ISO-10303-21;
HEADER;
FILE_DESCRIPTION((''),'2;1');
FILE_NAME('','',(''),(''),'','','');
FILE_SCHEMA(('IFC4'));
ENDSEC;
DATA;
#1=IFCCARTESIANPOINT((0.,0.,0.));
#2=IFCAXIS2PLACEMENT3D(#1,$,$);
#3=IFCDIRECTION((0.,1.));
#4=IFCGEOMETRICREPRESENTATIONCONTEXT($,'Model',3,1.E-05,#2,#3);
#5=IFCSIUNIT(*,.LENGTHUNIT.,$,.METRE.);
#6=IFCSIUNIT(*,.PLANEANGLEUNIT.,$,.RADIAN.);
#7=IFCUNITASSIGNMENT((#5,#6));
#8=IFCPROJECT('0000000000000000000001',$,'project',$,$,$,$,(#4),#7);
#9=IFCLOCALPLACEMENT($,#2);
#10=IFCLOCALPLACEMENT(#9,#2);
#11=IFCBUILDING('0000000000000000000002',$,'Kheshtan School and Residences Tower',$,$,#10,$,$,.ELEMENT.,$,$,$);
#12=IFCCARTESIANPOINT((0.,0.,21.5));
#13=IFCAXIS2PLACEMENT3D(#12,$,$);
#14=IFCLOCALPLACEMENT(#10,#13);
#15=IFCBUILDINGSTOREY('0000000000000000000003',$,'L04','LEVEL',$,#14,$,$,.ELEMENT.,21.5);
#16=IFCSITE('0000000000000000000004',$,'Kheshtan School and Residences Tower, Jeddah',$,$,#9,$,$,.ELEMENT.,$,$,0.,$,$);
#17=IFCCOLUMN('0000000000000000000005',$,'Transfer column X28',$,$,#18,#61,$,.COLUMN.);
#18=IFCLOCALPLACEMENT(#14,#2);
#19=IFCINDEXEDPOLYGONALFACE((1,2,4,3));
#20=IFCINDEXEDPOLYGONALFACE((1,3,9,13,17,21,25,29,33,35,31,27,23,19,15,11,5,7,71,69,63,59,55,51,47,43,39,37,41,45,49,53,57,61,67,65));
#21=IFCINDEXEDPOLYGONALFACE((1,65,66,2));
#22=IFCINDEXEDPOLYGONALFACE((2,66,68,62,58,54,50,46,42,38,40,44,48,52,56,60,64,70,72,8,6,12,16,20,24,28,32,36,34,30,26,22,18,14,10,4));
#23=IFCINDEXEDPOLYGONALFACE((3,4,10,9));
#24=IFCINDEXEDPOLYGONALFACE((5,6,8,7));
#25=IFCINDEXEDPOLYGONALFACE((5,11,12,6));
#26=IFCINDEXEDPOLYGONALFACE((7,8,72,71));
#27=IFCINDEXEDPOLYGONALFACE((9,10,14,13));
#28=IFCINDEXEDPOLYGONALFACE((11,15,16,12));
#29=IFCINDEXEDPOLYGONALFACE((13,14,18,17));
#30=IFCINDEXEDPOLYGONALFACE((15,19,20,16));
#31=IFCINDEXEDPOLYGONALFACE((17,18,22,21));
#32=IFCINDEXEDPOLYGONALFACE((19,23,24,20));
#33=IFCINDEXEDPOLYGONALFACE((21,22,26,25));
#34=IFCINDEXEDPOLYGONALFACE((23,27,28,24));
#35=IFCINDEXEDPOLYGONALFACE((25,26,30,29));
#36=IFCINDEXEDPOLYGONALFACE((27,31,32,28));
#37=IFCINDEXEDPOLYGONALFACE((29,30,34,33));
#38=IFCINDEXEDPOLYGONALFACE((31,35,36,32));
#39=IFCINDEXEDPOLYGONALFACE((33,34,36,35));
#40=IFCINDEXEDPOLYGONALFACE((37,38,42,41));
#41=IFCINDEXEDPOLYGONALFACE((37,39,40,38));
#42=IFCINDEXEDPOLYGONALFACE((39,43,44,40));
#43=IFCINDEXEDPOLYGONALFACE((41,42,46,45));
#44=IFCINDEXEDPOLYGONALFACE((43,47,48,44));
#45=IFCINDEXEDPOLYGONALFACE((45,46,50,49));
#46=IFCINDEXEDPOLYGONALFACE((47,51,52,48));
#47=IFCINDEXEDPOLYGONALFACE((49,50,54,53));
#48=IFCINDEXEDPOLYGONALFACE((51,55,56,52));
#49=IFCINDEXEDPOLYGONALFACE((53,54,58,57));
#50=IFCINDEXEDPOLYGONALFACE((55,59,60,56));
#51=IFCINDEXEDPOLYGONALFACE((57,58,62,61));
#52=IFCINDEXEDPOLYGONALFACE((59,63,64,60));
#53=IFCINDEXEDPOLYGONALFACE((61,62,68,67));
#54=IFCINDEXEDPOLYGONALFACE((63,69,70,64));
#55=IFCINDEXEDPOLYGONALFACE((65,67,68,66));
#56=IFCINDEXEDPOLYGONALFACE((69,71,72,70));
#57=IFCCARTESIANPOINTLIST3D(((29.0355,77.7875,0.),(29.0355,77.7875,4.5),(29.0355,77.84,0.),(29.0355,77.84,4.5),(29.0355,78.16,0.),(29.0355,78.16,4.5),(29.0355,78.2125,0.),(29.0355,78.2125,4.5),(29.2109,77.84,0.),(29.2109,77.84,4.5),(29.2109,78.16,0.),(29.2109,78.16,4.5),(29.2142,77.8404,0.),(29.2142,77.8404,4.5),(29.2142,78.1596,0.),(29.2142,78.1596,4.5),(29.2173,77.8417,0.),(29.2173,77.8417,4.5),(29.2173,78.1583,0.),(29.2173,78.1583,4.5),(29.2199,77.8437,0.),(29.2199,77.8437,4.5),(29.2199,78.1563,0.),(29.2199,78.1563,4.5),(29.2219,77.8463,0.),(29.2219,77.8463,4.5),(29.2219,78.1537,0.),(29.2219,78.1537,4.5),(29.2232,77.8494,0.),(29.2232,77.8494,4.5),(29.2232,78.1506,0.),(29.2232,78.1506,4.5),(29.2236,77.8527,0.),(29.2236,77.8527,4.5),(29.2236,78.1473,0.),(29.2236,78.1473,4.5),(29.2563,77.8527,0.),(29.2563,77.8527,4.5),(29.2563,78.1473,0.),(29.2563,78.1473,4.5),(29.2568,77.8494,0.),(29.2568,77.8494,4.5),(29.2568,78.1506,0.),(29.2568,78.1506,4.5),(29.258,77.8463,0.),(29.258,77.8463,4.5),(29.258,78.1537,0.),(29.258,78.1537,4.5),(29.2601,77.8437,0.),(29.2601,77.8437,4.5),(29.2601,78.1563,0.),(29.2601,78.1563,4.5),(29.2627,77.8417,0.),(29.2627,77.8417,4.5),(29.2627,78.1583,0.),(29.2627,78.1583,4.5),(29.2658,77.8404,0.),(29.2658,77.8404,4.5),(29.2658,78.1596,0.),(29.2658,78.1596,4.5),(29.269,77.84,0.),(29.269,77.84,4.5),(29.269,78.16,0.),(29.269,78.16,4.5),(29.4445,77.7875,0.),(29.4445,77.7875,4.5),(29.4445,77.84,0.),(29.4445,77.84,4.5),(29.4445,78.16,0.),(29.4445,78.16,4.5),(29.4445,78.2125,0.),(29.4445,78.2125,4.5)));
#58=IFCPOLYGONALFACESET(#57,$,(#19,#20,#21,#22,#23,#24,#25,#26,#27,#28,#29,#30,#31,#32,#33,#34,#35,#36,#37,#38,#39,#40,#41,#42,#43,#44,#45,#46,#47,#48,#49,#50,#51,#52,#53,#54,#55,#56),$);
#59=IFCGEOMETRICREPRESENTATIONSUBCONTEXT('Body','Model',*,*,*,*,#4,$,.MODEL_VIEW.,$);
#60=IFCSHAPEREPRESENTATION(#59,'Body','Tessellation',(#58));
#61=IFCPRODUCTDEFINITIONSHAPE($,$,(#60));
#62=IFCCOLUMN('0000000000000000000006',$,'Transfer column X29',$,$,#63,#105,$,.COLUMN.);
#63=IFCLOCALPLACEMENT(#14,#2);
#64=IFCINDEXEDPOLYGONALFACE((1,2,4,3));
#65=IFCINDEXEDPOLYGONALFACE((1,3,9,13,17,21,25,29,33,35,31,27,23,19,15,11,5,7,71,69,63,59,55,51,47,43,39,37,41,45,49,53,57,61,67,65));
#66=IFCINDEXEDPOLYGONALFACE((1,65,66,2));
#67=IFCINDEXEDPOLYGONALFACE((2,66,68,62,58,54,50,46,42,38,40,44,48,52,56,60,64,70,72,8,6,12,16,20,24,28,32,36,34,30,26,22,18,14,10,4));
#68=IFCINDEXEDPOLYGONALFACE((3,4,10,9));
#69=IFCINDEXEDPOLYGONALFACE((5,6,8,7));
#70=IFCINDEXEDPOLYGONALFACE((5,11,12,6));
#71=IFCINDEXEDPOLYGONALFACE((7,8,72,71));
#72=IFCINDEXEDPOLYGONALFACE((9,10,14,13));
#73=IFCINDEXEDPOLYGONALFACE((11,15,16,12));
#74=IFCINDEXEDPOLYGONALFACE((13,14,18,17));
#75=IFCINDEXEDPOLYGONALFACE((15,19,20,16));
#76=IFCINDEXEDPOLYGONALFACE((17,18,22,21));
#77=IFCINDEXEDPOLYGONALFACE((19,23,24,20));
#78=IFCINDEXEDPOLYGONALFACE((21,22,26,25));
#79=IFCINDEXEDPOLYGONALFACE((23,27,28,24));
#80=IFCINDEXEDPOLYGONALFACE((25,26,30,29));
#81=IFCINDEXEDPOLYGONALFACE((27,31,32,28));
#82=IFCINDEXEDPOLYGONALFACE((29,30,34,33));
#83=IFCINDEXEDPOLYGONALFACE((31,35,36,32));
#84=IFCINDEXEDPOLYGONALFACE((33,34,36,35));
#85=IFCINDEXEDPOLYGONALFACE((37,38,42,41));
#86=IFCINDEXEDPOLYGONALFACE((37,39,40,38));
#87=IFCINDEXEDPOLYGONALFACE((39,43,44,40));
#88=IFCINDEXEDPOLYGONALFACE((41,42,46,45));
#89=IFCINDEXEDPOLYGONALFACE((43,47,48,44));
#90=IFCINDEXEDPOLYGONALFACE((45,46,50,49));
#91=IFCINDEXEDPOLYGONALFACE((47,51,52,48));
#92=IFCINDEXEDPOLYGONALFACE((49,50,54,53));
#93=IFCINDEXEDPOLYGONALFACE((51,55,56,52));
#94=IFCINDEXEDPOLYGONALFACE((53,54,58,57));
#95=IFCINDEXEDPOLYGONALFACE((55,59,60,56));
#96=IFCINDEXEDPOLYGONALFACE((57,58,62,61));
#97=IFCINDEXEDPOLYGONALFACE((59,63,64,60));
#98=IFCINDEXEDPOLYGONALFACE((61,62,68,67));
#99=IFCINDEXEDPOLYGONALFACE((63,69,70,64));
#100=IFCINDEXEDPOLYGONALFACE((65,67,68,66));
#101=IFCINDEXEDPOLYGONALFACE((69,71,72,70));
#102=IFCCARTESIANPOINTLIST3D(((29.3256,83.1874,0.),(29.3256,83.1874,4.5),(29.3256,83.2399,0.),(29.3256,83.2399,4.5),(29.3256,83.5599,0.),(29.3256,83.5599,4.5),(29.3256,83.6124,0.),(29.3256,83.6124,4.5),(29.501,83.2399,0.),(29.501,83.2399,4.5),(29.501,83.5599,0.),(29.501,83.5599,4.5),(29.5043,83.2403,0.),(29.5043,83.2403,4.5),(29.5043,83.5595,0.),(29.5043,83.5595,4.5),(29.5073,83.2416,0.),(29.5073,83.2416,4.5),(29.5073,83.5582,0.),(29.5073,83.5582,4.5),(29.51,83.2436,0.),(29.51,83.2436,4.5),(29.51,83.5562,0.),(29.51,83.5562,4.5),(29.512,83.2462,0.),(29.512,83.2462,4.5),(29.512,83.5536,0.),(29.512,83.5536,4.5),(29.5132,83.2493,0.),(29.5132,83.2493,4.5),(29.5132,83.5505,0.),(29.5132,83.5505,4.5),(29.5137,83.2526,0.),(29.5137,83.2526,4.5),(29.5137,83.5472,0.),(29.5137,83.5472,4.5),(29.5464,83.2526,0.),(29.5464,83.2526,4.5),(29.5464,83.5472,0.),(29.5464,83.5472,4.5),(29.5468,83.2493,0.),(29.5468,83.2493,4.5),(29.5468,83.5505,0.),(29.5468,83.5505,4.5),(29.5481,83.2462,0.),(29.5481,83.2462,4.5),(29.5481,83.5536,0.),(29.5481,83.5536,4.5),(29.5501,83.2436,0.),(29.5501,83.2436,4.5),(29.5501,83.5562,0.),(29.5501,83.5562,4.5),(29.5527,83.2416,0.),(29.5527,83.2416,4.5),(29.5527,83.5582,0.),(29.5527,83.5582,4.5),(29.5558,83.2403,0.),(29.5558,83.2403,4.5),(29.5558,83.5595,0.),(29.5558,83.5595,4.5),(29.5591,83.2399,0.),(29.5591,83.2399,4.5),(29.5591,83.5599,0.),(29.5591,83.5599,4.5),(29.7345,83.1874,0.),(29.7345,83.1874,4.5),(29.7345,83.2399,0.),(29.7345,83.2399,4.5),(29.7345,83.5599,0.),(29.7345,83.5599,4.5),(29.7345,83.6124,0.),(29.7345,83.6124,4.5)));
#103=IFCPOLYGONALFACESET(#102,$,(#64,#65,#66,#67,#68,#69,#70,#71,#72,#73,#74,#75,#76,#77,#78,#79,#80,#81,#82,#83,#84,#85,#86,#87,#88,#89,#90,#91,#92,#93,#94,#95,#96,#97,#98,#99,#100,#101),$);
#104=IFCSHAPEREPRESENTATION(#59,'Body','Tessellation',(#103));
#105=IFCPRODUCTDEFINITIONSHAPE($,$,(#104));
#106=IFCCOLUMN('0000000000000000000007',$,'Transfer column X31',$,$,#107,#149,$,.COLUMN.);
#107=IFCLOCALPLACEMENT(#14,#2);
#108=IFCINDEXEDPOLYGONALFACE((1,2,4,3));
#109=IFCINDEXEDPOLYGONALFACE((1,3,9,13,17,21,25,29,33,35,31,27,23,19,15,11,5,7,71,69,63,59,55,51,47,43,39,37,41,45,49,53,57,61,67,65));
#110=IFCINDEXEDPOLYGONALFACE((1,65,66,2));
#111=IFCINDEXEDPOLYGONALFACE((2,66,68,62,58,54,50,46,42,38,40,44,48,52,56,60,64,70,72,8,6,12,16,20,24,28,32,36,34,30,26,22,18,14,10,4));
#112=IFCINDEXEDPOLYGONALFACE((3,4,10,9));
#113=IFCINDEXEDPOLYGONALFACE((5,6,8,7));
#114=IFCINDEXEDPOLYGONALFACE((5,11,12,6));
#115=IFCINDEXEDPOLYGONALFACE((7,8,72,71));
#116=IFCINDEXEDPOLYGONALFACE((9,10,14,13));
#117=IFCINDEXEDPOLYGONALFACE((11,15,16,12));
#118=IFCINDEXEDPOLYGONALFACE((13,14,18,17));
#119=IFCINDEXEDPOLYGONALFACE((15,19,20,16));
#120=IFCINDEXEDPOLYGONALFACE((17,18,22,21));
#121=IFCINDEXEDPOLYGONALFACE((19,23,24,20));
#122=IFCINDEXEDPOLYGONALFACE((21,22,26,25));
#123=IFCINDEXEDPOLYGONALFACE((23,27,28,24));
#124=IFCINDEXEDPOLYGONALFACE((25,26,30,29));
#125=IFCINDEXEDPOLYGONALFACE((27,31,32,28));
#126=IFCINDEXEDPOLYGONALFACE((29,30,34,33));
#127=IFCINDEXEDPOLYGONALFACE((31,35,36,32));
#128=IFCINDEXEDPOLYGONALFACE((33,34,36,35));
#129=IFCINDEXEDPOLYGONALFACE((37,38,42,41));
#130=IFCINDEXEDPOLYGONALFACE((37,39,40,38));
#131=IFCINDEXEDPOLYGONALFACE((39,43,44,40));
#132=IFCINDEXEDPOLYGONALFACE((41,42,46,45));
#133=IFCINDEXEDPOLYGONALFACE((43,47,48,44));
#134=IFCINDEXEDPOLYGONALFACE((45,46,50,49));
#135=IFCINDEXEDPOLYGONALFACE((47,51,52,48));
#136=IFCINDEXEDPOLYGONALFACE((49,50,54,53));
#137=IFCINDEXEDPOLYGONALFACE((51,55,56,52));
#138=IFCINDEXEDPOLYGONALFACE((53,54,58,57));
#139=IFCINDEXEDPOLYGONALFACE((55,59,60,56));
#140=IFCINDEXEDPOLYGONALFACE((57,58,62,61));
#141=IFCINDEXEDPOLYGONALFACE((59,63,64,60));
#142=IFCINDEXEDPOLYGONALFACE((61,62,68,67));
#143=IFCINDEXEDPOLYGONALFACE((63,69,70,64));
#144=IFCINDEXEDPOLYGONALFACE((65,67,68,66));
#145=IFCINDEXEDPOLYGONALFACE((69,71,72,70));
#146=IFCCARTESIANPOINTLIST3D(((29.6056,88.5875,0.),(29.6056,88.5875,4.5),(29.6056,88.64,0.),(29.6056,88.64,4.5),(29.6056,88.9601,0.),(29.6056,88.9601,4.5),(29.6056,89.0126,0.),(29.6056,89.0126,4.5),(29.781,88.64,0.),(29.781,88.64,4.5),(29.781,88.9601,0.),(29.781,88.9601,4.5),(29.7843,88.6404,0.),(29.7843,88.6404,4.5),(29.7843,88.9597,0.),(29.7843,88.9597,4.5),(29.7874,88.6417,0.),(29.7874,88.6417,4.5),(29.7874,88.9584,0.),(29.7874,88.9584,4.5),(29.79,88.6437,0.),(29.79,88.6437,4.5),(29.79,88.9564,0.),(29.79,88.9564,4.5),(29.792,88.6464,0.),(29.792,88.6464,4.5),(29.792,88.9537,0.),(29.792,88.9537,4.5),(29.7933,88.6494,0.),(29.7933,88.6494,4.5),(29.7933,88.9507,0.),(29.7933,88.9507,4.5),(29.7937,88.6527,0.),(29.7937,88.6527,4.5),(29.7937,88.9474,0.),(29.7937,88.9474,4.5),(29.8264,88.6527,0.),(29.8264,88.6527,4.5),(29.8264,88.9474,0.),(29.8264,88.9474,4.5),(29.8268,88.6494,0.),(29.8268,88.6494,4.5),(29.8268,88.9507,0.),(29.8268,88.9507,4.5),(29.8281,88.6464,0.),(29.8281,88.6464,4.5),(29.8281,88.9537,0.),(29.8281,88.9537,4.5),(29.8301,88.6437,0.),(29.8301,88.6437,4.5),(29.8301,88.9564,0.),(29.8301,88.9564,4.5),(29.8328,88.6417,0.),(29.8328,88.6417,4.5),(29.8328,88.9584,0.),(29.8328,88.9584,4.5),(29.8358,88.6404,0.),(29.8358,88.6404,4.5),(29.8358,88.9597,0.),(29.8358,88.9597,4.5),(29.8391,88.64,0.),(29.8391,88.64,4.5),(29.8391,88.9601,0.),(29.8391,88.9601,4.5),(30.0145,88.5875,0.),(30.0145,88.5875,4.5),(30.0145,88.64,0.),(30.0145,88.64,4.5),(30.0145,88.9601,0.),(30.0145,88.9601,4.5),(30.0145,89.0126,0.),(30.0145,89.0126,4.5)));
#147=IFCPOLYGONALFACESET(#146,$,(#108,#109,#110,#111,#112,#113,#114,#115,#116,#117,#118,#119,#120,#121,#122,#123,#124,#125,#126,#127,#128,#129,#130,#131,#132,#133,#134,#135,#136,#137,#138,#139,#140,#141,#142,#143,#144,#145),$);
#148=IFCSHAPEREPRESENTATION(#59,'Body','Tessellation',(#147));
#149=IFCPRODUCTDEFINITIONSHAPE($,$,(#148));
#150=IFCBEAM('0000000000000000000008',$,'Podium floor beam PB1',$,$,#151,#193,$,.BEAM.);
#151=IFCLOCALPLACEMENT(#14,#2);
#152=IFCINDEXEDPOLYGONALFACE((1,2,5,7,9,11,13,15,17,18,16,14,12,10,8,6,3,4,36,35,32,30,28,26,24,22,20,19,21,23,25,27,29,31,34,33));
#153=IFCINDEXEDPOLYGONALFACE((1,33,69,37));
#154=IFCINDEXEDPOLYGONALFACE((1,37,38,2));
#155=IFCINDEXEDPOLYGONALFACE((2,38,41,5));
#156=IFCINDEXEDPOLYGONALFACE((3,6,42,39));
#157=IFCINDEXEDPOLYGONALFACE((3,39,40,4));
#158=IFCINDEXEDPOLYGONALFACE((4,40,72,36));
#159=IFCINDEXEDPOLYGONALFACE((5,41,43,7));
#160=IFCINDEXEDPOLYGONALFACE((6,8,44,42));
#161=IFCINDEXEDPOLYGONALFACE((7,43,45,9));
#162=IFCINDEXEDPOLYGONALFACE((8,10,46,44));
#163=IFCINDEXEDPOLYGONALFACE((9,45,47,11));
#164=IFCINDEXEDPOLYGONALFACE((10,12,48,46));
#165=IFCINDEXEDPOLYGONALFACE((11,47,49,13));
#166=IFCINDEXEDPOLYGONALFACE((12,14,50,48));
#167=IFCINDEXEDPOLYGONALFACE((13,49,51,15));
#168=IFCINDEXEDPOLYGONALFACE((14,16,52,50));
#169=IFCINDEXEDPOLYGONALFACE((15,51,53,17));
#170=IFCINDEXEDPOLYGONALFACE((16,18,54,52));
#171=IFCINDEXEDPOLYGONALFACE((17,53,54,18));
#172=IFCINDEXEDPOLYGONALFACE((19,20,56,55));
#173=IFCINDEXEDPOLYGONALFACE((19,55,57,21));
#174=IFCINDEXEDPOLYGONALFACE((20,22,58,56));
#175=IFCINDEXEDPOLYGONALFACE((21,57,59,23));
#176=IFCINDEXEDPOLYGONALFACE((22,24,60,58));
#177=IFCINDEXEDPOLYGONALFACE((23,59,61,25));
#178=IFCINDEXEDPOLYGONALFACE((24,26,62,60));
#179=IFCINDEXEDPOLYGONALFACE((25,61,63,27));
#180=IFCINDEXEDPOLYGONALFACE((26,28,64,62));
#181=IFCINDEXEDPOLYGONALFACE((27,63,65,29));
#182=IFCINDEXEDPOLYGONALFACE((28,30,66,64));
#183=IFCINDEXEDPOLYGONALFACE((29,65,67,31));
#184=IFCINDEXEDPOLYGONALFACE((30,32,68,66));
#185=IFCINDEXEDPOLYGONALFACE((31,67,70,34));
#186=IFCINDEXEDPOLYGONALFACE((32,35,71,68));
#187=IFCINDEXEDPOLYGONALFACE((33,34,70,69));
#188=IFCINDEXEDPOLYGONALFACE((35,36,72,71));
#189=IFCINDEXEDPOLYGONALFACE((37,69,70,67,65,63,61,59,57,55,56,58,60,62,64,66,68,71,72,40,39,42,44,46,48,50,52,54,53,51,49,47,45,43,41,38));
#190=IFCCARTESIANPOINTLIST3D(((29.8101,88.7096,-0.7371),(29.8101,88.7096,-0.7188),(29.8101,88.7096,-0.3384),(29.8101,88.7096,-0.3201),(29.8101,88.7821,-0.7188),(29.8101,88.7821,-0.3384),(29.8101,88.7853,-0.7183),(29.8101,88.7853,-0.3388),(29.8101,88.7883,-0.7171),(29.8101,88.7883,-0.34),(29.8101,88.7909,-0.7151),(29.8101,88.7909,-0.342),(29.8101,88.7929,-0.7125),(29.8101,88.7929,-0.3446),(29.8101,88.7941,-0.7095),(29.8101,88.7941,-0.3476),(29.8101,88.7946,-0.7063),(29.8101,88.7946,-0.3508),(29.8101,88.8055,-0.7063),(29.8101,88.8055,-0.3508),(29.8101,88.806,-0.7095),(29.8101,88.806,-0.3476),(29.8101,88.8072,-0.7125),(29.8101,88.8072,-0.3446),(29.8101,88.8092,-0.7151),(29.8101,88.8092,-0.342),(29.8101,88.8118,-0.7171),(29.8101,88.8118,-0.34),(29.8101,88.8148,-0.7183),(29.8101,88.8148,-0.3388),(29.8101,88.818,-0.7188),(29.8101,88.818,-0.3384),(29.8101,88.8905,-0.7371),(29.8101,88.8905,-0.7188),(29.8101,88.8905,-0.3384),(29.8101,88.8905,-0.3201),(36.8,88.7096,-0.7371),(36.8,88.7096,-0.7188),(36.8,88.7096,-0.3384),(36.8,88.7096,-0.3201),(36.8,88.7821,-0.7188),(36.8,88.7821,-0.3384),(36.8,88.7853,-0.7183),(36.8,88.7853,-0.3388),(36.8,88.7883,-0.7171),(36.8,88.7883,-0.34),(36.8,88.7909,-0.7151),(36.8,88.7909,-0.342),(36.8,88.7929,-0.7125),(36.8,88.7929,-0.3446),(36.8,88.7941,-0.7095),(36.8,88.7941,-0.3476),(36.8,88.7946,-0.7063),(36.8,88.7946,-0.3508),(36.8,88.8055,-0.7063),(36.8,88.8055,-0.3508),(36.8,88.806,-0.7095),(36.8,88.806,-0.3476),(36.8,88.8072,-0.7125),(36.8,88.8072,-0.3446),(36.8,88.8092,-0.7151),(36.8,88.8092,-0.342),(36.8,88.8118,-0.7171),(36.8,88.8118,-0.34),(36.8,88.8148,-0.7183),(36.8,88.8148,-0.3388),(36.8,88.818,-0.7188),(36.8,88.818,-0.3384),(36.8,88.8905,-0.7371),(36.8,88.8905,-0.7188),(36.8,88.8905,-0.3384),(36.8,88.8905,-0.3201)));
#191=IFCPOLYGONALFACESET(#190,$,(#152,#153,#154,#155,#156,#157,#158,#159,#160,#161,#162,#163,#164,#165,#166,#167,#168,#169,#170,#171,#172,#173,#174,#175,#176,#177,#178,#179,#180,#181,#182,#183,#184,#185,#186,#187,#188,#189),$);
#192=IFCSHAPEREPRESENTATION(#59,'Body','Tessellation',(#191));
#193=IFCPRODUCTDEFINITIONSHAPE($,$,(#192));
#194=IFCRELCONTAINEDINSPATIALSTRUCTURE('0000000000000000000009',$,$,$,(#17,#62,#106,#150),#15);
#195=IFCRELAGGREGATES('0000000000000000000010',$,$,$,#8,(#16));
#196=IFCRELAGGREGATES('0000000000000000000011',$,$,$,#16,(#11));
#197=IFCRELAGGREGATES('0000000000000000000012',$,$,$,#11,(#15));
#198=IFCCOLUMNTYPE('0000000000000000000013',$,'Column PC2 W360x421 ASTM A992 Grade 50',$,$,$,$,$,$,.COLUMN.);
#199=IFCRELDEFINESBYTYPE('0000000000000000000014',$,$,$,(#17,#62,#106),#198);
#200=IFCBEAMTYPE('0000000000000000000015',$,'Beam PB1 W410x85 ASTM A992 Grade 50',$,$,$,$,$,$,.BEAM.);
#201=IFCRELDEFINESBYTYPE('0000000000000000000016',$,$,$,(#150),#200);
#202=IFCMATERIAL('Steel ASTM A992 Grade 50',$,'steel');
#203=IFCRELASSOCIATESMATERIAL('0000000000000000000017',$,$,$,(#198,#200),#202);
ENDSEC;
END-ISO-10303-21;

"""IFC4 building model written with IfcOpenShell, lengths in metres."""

from ifc_helpers import new_model, si_unit, direction, frame, origin, origin_2d, place, context, subcontext, project, spatial, i_section, extrude, material, material_profile, profile_set, type_object, element, save


model = new_model("IFC4")

# Units and contexts
model_context = context("Model", 3, precision=1e-05, world=origin(), true_north=direction((0.0, 1.0)))
body_context = subcontext(model_context, "Body", "Model", "MODEL_VIEW")
ifc_project = project(units=[si_unit("LENGTHUNIT", "METRE"), si_unit("PLANEANGLEUNIT", "RADIAN")], contexts=[model_context])

# Site, building, storey
site_placement = place(None, origin())
site = spatial("IfcSite", under=ifc_project, at=site_placement, Name="Kheshtan School and Residences Tower, Jeddah", CompositionType="ELEMENT", RefElevation=0.0)
building_placement = place(site_placement, origin())
building = spatial("IfcBuilding", under=site, at=building_placement, Name="Kheshtan School and Residences Tower", CompositionType="ELEMENT")
storey_placement = place(building_placement, frame((0.0, 0.0, 21.5)))
storey = spatial("IfcBuildingStorey", under=building, at=storey_placement, Name="L04", Description="LEVEL", CompositionType="ELEMENT", Elevation=21.5)

# Columns
ifc_material_1 = material(Name="Steel ASTM A992 Grade 50", Category="steel")
ifc_material_profile_1 = material_profile(ifc_material_1, i_section(OverallWidth=0.4089, OverallDepth=0.425, WebThickness=0.0327, FlangeThickness=0.0525, FilletRadius=0.0127, at=origin_2d()), Name="W360x421")
ifc_profile_set_1 = profile_set([ifc_material_profile_1], Name="Steel ASTM A992 Grade 50")
column_type = type_object("IfcColumnType", Name="Column PC2 W360x421 ASTM A992 Grade 50", PredefinedType="COLUMN", material=ifc_profile_set_1)
for number, where, z_axis, x_axis, name in (
    (1, (29.24, 78.0, 0.0), (0.0, 0.0, 1.0), (1.0, 0.0, 0.0), "Transfer column X28"),
    (2, (29.53, 83.3999, 0.0), (0.0, 0.0, 1.0), (1.0, 0.0, 0.0), "Transfer column X29"),
    (3, (29.8101, 88.8, 0.0), (0.0, 0.0, 1.0), (1.0, 0.0, 0.0), "Transfer column X31"),
):
    element("IfcColumn", number, at=place(storey_placement, frame(where, z_axis=z_axis, x_axis=x_axis)), inside=storey, type_object=column_type, Name=name, PredefinedType="COLUMN", context=body_context, shape_type="SweptSolid", body=[
        extrude(i_section(OverallWidth=0.4089, OverallDepth=0.425, WebThickness=0.0327, FlangeThickness=0.0525, FilletRadius=0.0127, at=origin_2d()), origin(), (0.0, 0.0, 1.0), 4.5),
    ])

# Beam
ifc_material_profile_2 = material_profile(ifc_material_1, i_section(OverallWidth=0.1809, OverallDepth=0.417, WebThickness=0.011, FlangeThickness=0.0183, FilletRadius=0.0125, at=origin_2d()), Name="W410x85")
ifc_profile_set_2 = profile_set([ifc_material_profile_2], Name="Steel ASTM A992 Grade 50")
beam_type_1 = type_object("IfcBeamType", Name="Beam PB1 W410x85 ASTM A992 Grade 50", PredefinedType="BEAM", material=ifc_profile_set_2)
beam_1_placement = place(storey_placement, frame((29.8101, 88.8, -0.5286), z_axis=(1.0, 0.0, 0.0), x_axis=(0.0, 1.0, 0.0)))
element("IfcBeam", 4, at=beam_1_placement, inside=storey, type_object=beam_type_1, Name="Podium floor beam PB1", PredefinedType="BEAM", context=body_context, shape_type="SweptSolid", body=[
    extrude(i_section(OverallWidth=0.1809, OverallDepth=0.417, WebThickness=0.011, FlangeThickness=0.0183, FilletRadius=0.0125, at=origin_2d()), origin(), (0.0, 0.0, 1.0), 6.99),
])

save(model, "model.ifc")
